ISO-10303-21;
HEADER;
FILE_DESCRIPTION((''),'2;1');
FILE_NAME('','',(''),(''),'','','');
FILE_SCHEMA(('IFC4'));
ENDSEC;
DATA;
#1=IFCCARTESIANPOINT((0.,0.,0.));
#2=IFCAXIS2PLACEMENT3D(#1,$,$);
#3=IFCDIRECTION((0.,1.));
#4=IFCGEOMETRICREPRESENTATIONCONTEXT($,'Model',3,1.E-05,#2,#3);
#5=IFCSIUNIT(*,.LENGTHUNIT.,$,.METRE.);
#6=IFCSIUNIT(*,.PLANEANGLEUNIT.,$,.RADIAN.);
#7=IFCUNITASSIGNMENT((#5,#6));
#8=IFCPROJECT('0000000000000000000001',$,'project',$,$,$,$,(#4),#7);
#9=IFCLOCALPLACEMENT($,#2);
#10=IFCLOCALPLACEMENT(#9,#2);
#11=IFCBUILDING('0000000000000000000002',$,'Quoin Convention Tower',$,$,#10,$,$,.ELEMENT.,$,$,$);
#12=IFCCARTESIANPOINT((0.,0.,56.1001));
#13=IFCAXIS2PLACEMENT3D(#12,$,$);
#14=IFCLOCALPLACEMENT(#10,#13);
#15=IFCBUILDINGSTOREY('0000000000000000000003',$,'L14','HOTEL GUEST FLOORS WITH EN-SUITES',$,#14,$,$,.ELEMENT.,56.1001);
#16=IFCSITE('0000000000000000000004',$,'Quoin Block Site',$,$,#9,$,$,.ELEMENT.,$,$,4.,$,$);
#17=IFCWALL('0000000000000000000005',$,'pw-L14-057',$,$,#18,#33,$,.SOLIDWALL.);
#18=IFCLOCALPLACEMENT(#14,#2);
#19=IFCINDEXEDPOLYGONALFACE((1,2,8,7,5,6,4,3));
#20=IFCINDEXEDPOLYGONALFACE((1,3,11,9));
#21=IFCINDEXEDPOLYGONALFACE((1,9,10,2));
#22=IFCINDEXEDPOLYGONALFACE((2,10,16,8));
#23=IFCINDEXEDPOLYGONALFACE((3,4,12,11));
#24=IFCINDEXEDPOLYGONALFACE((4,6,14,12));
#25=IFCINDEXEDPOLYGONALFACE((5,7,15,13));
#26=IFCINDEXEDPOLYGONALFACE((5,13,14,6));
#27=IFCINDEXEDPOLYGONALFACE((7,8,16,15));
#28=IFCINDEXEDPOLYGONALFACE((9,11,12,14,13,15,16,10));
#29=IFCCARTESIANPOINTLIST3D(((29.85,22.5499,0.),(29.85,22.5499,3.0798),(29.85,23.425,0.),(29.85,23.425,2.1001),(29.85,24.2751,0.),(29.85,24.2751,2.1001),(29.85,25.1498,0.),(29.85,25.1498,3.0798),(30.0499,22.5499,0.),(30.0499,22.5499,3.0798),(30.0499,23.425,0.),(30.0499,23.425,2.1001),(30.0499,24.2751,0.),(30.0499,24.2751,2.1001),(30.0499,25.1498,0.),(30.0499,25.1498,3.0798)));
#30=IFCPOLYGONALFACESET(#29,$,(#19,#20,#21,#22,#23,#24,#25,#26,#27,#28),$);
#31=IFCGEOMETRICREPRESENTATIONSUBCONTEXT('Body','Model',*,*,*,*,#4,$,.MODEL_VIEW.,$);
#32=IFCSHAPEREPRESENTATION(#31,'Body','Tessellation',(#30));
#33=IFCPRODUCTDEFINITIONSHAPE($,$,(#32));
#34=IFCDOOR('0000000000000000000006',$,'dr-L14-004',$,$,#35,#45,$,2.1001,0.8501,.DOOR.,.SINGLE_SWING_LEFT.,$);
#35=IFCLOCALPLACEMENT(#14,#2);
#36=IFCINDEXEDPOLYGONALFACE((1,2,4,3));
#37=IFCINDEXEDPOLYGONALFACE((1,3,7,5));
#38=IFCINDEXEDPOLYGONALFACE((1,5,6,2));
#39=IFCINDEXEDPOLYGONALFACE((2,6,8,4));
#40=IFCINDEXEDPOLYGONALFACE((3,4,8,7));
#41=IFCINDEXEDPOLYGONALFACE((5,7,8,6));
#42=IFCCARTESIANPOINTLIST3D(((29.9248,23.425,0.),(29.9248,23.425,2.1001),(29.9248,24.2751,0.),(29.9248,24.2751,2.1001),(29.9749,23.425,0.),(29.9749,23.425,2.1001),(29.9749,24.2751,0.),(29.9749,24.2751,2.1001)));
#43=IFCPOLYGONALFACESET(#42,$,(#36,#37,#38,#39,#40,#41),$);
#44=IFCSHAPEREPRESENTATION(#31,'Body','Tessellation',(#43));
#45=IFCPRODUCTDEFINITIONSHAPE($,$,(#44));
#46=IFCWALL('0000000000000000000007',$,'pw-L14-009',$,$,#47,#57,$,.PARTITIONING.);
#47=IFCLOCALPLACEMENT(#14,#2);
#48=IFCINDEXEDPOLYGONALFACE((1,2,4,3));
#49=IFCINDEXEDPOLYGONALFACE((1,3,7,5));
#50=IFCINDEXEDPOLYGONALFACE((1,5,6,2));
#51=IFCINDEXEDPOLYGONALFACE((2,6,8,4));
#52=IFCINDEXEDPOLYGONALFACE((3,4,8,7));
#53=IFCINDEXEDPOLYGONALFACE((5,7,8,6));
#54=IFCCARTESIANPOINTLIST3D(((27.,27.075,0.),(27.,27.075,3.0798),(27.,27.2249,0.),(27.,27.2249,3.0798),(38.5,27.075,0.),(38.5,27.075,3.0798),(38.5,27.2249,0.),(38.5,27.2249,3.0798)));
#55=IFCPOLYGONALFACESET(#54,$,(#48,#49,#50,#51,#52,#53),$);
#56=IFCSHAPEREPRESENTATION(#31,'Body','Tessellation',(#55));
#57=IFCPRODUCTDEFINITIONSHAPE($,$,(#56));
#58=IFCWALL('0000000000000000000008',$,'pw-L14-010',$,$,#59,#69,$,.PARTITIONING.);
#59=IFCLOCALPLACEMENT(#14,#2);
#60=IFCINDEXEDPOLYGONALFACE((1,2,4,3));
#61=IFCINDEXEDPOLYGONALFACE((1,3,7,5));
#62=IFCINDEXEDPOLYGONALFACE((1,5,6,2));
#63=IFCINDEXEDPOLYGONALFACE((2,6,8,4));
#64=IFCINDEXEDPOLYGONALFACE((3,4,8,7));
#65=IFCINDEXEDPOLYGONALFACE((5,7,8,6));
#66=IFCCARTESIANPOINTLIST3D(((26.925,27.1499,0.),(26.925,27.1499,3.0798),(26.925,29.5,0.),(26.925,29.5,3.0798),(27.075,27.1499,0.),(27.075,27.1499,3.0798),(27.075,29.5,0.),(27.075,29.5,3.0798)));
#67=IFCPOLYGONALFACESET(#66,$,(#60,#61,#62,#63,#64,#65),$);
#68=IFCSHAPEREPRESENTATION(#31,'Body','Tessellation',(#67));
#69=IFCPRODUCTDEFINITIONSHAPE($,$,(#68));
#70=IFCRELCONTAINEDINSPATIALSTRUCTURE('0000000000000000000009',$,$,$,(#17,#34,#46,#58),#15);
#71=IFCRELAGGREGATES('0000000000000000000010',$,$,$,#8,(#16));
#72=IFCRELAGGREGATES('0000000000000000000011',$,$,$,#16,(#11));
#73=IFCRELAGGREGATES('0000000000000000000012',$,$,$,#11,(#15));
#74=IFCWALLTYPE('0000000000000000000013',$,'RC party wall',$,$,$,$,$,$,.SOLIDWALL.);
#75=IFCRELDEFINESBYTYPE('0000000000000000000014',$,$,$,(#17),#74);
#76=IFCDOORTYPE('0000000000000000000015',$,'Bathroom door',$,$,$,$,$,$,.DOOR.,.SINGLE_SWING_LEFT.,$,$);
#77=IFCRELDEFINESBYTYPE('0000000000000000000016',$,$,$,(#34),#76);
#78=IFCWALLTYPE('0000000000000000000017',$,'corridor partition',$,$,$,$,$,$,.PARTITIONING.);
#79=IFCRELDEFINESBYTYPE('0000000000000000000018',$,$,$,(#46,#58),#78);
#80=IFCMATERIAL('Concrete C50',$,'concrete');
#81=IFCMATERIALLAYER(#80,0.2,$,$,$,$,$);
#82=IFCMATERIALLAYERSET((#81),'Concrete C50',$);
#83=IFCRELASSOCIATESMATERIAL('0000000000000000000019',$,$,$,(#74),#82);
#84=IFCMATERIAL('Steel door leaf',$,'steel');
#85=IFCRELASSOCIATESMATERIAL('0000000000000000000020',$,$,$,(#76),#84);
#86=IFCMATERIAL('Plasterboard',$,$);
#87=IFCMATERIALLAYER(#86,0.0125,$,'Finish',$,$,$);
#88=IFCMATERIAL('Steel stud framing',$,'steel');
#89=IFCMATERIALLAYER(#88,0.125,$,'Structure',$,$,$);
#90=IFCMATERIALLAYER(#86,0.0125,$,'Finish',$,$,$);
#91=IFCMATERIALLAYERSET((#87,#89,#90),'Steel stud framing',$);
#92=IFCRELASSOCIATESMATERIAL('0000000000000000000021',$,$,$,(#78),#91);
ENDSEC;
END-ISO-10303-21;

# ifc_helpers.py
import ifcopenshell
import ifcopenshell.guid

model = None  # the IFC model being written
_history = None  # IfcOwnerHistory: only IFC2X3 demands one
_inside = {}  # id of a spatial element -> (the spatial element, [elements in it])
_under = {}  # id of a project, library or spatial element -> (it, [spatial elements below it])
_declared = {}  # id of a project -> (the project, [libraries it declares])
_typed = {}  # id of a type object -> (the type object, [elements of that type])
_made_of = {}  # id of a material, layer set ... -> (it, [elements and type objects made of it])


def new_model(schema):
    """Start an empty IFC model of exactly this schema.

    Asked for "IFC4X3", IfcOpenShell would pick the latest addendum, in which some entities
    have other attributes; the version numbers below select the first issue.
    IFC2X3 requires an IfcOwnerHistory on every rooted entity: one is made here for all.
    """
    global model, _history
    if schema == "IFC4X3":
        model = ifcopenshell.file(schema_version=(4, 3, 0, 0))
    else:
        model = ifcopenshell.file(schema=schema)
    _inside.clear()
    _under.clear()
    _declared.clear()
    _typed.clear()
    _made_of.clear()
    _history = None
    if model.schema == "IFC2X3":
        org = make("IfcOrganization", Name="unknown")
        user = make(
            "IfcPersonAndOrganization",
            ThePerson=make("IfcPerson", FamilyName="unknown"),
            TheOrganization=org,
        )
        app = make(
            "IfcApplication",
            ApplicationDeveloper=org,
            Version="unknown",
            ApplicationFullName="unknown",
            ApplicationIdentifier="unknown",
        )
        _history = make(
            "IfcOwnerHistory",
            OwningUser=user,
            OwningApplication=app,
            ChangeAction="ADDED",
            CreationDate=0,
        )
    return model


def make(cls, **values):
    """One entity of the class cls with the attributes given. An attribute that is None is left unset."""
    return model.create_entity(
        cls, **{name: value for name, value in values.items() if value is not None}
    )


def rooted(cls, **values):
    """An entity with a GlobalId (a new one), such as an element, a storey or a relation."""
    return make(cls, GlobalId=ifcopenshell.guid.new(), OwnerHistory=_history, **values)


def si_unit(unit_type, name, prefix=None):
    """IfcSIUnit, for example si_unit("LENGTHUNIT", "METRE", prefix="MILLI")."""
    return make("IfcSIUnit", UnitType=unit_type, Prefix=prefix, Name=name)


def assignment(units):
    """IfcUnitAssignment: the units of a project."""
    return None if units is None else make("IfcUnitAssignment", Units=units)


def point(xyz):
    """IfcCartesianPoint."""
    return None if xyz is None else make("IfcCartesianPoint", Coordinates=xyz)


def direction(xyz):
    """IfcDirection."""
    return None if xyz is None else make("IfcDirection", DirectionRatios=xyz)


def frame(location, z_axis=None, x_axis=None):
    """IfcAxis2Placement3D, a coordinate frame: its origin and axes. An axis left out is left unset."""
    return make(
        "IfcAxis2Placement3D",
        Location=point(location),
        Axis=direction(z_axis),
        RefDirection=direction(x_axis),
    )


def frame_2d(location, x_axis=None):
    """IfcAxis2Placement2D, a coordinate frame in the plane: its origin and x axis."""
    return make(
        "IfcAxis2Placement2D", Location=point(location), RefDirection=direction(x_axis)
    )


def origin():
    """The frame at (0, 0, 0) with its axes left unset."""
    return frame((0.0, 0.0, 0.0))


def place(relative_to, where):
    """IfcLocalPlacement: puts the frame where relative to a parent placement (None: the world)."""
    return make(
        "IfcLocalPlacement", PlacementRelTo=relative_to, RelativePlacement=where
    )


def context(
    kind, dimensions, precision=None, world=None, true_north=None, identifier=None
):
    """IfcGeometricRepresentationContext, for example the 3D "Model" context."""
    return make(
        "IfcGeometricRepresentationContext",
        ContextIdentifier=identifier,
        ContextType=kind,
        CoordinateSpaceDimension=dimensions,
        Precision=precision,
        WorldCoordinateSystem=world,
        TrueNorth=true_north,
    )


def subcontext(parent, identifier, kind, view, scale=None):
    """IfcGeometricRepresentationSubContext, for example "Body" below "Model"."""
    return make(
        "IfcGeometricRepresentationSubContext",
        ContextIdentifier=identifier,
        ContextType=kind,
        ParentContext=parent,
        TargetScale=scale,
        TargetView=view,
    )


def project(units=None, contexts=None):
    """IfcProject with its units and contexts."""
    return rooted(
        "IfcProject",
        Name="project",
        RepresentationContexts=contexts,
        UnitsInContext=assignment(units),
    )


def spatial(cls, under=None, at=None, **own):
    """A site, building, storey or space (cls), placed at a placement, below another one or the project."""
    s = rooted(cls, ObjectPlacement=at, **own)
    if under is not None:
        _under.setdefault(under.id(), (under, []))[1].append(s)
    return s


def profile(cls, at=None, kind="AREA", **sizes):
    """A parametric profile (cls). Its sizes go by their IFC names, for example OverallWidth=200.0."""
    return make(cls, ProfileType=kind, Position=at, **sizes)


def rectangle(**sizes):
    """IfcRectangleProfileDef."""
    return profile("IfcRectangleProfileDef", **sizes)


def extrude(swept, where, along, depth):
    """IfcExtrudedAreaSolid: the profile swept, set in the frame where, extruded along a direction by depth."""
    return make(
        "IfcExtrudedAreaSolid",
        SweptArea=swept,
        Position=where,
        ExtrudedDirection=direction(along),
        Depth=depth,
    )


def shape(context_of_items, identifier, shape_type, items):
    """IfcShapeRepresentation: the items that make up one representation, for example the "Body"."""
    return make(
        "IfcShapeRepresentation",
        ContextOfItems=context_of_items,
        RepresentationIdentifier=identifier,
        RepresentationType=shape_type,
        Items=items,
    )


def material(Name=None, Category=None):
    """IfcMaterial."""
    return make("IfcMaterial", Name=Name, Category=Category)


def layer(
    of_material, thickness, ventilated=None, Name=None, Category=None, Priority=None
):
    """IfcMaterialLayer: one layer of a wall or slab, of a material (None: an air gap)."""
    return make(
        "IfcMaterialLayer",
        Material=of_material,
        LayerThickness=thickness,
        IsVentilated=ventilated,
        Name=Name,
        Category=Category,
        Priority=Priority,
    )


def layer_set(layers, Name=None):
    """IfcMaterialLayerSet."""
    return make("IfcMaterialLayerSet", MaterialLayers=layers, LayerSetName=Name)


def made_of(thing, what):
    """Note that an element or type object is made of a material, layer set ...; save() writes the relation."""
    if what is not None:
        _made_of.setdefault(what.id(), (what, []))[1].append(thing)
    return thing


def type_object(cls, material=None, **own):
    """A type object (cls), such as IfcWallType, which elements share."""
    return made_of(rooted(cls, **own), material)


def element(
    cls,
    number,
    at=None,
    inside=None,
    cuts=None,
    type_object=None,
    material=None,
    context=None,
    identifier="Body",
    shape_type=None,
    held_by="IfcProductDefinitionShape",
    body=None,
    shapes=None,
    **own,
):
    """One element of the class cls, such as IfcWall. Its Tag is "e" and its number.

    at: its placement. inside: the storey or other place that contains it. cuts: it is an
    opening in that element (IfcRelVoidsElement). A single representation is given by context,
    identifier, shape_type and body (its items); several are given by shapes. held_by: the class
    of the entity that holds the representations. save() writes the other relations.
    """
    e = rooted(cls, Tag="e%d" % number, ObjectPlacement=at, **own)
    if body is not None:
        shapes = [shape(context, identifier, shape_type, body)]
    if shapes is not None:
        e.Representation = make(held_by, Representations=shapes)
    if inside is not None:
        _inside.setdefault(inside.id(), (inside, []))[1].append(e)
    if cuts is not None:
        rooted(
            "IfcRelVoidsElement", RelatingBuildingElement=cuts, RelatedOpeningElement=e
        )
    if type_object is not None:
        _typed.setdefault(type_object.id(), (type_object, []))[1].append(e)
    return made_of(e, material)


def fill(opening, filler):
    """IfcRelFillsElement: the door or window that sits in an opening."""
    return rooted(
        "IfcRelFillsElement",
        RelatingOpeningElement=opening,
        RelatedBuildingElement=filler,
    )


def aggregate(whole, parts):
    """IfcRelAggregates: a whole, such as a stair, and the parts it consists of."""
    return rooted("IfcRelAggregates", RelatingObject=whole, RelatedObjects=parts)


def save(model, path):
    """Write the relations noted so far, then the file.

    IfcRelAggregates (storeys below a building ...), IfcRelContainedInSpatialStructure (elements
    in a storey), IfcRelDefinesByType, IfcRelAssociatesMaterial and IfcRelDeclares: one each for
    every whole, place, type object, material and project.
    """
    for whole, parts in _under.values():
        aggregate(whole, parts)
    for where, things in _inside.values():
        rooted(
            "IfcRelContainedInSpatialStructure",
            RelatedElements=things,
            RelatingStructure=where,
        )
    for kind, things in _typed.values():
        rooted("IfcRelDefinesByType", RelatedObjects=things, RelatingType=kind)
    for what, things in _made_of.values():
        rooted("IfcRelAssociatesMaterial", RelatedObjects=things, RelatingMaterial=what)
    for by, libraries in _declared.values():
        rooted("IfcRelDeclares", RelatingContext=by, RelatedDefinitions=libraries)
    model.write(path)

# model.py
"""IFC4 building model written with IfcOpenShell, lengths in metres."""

from ifc_helpers import new_model, si_unit, direction, frame, frame_2d, origin, place, context, subcontext, project, spatial, rectangle, extrude, material, layer, layer_set, type_object, element, fill, save


model = new_model("IFC4")

# Units and contexts
model_context = context("Model", 3, precision=1e-05, world=origin(), true_north=direction((0.0, 1.0)))
body_context = subcontext(model_context, "Body", "Model", "MODEL_VIEW")
ifc_project = project(units=[si_unit("LENGTHUNIT", "METRE"), si_unit("PLANEANGLEUNIT", "RADIAN")], contexts=[model_context])

# Site, building, storey
site_placement = place(None, origin())
site = spatial("IfcSite", under=ifc_project, at=site_placement, Name="Quoin Block Site", CompositionType="ELEMENT", RefElevation=4.0)
building_placement = place(site_placement, origin())
building = spatial("IfcBuilding", under=site, at=building_placement, Name="Quoin Convention Tower", CompositionType="ELEMENT")
storey_placement = place(building_placement, frame((0.0, 0.0, 56.1001)))
storey = spatial("IfcBuildingStorey", under=building, at=storey_placement, Name="L14", Description="HOTEL GUEST FLOORS WITH EN-SUITES", CompositionType="ELEMENT", Elevation=56.1001)

# Shared definitions
ifc_material_1 = material(Name="Concrete C50", Category="concrete")
ifc_layer_1 = layer(ifc_material_1, 0.2)
ifc_layer_set_1 = layer_set([ifc_layer_1], Name="Concrete C50")
wall_type_1 = type_object("IfcWallType", Name="RC party wall", PredefinedType="SOLIDWALL", material=ifc_layer_set_1)

# Wall, opening, door
wall_1_placement = place(storey_placement, frame((29.95, 22.55, 0.0), z_axis=(0.0, 0.0, 1.0), x_axis=(0.0, 1.0, 0.0)))
wall_1 = element("IfcWall", 1, at=wall_1_placement, inside=storey, type_object=wall_type_1, Name="pw-L14-057", PredefinedType="SOLIDWALL", context=body_context, shape_type="SweptSolid", body=[
    extrude(rectangle(XDim=2.5999, YDim=0.2, at=frame_2d((1.2998, 0.0))), origin(), (0.0, 0.0, 1.0), 3.0798),
])
opening_1_placement = place(wall_1_placement, frame((0.875, 0.0, 0.0)))
opening_1 = element("IfcOpeningElement", 2, at=opening_1_placement, cuts=wall_1, PredefinedType="OPENING", context=body_context, shape_type="SweptSolid", body=[
    extrude(rectangle(XDim=0.8501, YDim=2.1001, at=frame_2d((0.425, 1.05))), frame((0.0, 0.1099, 0.0), z_axis=(0.0, -1.0, 0.0), x_axis=(1.0, 0.0, 0.0)), (0.0, 0.0, 1.0), 0.22),
])
ifc_material_2 = material(Name="Steel door leaf", Category="steel")
door_type = type_object("IfcDoorType", Name="Bathroom door", OperationType="SINGLE_SWING_LEFT", PredefinedType="DOOR", material=ifc_material_2)
door_placement = place(opening_1_placement, frame((0.8501, 0.0, 0.0), z_axis=(0.0, 0.0, 1.0), x_axis=(-1.0, 0.0, 0.0)))
door = element("IfcDoor", 3, at=door_placement, inside=storey, type_object=door_type, Name="dr-L14-004", OperationType="SINGLE_SWING_LEFT", OverallHeight=2.1001, OverallWidth=0.8501, PredefinedType="DOOR", context=body_context, shape_type="SweptSolid", body=[
    extrude(rectangle(XDim=0.8501, YDim=2.1001, at=frame_2d((0.425, 1.05))), frame((0.0, 0.0249, 0.0), z_axis=(0.0, -1.0, 0.0), x_axis=(1.0, 0.0, 0.0)), (0.0, 0.0, 1.0), 0.05),
])
fill(opening_1, door)

# Walls
ifc_material_3 = material(Name="Plasterboard")
ifc_layer_2 = layer(ifc_material_3, 0.0125, Name="Finish")
ifc_material_4 = material(Name="Steel stud framing", Category="steel")
ifc_layer_3 = layer(ifc_material_4, 0.125, Name="Structure")
ifc_layer_4 = layer(ifc_material_3, 0.0125, Name="Finish")
ifc_layer_set_2 = layer_set([ifc_layer_2, ifc_layer_3, ifc_layer_4], Name="Steel stud framing")
wall_type_2 = type_object("IfcWallType", Name="corridor partition", PredefinedType="PARTITIONING", material=ifc_layer_set_2)
wall_2_placement = place(storey_placement, frame((27.0, 27.1499, 0.0), z_axis=(0.0, 0.0, 1.0), x_axis=(1.0, 0.0, 0.0)))
element("IfcWall", 4, at=wall_2_placement, inside=storey, type_object=wall_type_2, Name="pw-L14-009", PredefinedType="PARTITIONING", context=body_context, shape_type="SweptSolid", body=[
    extrude(rectangle(XDim=11.5, YDim=0.1499, at=frame_2d((5.75, 0.0))), origin(), (0.0, 0.0, 1.0), 3.0798),
])
wall_3_placement = place(storey_placement, frame((27.0, 27.1499, 0.0), z_axis=(0.0, 0.0, 1.0), x_axis=(0.0, 1.0, 0.0)))
element("IfcWall", 5, at=wall_3_placement, inside=storey, type_object=wall_type_2, Name="pw-L14-010", PredefinedType="PARTITIONING", context=body_context, shape_type="SweptSolid", body=[
    extrude(rectangle(XDim=2.3501, YDim=0.1499, at=frame_2d((1.175, 0.0))), origin(), (0.0, 0.0, 1.0), 3.0798),
])

save(model, "model.ifc")
